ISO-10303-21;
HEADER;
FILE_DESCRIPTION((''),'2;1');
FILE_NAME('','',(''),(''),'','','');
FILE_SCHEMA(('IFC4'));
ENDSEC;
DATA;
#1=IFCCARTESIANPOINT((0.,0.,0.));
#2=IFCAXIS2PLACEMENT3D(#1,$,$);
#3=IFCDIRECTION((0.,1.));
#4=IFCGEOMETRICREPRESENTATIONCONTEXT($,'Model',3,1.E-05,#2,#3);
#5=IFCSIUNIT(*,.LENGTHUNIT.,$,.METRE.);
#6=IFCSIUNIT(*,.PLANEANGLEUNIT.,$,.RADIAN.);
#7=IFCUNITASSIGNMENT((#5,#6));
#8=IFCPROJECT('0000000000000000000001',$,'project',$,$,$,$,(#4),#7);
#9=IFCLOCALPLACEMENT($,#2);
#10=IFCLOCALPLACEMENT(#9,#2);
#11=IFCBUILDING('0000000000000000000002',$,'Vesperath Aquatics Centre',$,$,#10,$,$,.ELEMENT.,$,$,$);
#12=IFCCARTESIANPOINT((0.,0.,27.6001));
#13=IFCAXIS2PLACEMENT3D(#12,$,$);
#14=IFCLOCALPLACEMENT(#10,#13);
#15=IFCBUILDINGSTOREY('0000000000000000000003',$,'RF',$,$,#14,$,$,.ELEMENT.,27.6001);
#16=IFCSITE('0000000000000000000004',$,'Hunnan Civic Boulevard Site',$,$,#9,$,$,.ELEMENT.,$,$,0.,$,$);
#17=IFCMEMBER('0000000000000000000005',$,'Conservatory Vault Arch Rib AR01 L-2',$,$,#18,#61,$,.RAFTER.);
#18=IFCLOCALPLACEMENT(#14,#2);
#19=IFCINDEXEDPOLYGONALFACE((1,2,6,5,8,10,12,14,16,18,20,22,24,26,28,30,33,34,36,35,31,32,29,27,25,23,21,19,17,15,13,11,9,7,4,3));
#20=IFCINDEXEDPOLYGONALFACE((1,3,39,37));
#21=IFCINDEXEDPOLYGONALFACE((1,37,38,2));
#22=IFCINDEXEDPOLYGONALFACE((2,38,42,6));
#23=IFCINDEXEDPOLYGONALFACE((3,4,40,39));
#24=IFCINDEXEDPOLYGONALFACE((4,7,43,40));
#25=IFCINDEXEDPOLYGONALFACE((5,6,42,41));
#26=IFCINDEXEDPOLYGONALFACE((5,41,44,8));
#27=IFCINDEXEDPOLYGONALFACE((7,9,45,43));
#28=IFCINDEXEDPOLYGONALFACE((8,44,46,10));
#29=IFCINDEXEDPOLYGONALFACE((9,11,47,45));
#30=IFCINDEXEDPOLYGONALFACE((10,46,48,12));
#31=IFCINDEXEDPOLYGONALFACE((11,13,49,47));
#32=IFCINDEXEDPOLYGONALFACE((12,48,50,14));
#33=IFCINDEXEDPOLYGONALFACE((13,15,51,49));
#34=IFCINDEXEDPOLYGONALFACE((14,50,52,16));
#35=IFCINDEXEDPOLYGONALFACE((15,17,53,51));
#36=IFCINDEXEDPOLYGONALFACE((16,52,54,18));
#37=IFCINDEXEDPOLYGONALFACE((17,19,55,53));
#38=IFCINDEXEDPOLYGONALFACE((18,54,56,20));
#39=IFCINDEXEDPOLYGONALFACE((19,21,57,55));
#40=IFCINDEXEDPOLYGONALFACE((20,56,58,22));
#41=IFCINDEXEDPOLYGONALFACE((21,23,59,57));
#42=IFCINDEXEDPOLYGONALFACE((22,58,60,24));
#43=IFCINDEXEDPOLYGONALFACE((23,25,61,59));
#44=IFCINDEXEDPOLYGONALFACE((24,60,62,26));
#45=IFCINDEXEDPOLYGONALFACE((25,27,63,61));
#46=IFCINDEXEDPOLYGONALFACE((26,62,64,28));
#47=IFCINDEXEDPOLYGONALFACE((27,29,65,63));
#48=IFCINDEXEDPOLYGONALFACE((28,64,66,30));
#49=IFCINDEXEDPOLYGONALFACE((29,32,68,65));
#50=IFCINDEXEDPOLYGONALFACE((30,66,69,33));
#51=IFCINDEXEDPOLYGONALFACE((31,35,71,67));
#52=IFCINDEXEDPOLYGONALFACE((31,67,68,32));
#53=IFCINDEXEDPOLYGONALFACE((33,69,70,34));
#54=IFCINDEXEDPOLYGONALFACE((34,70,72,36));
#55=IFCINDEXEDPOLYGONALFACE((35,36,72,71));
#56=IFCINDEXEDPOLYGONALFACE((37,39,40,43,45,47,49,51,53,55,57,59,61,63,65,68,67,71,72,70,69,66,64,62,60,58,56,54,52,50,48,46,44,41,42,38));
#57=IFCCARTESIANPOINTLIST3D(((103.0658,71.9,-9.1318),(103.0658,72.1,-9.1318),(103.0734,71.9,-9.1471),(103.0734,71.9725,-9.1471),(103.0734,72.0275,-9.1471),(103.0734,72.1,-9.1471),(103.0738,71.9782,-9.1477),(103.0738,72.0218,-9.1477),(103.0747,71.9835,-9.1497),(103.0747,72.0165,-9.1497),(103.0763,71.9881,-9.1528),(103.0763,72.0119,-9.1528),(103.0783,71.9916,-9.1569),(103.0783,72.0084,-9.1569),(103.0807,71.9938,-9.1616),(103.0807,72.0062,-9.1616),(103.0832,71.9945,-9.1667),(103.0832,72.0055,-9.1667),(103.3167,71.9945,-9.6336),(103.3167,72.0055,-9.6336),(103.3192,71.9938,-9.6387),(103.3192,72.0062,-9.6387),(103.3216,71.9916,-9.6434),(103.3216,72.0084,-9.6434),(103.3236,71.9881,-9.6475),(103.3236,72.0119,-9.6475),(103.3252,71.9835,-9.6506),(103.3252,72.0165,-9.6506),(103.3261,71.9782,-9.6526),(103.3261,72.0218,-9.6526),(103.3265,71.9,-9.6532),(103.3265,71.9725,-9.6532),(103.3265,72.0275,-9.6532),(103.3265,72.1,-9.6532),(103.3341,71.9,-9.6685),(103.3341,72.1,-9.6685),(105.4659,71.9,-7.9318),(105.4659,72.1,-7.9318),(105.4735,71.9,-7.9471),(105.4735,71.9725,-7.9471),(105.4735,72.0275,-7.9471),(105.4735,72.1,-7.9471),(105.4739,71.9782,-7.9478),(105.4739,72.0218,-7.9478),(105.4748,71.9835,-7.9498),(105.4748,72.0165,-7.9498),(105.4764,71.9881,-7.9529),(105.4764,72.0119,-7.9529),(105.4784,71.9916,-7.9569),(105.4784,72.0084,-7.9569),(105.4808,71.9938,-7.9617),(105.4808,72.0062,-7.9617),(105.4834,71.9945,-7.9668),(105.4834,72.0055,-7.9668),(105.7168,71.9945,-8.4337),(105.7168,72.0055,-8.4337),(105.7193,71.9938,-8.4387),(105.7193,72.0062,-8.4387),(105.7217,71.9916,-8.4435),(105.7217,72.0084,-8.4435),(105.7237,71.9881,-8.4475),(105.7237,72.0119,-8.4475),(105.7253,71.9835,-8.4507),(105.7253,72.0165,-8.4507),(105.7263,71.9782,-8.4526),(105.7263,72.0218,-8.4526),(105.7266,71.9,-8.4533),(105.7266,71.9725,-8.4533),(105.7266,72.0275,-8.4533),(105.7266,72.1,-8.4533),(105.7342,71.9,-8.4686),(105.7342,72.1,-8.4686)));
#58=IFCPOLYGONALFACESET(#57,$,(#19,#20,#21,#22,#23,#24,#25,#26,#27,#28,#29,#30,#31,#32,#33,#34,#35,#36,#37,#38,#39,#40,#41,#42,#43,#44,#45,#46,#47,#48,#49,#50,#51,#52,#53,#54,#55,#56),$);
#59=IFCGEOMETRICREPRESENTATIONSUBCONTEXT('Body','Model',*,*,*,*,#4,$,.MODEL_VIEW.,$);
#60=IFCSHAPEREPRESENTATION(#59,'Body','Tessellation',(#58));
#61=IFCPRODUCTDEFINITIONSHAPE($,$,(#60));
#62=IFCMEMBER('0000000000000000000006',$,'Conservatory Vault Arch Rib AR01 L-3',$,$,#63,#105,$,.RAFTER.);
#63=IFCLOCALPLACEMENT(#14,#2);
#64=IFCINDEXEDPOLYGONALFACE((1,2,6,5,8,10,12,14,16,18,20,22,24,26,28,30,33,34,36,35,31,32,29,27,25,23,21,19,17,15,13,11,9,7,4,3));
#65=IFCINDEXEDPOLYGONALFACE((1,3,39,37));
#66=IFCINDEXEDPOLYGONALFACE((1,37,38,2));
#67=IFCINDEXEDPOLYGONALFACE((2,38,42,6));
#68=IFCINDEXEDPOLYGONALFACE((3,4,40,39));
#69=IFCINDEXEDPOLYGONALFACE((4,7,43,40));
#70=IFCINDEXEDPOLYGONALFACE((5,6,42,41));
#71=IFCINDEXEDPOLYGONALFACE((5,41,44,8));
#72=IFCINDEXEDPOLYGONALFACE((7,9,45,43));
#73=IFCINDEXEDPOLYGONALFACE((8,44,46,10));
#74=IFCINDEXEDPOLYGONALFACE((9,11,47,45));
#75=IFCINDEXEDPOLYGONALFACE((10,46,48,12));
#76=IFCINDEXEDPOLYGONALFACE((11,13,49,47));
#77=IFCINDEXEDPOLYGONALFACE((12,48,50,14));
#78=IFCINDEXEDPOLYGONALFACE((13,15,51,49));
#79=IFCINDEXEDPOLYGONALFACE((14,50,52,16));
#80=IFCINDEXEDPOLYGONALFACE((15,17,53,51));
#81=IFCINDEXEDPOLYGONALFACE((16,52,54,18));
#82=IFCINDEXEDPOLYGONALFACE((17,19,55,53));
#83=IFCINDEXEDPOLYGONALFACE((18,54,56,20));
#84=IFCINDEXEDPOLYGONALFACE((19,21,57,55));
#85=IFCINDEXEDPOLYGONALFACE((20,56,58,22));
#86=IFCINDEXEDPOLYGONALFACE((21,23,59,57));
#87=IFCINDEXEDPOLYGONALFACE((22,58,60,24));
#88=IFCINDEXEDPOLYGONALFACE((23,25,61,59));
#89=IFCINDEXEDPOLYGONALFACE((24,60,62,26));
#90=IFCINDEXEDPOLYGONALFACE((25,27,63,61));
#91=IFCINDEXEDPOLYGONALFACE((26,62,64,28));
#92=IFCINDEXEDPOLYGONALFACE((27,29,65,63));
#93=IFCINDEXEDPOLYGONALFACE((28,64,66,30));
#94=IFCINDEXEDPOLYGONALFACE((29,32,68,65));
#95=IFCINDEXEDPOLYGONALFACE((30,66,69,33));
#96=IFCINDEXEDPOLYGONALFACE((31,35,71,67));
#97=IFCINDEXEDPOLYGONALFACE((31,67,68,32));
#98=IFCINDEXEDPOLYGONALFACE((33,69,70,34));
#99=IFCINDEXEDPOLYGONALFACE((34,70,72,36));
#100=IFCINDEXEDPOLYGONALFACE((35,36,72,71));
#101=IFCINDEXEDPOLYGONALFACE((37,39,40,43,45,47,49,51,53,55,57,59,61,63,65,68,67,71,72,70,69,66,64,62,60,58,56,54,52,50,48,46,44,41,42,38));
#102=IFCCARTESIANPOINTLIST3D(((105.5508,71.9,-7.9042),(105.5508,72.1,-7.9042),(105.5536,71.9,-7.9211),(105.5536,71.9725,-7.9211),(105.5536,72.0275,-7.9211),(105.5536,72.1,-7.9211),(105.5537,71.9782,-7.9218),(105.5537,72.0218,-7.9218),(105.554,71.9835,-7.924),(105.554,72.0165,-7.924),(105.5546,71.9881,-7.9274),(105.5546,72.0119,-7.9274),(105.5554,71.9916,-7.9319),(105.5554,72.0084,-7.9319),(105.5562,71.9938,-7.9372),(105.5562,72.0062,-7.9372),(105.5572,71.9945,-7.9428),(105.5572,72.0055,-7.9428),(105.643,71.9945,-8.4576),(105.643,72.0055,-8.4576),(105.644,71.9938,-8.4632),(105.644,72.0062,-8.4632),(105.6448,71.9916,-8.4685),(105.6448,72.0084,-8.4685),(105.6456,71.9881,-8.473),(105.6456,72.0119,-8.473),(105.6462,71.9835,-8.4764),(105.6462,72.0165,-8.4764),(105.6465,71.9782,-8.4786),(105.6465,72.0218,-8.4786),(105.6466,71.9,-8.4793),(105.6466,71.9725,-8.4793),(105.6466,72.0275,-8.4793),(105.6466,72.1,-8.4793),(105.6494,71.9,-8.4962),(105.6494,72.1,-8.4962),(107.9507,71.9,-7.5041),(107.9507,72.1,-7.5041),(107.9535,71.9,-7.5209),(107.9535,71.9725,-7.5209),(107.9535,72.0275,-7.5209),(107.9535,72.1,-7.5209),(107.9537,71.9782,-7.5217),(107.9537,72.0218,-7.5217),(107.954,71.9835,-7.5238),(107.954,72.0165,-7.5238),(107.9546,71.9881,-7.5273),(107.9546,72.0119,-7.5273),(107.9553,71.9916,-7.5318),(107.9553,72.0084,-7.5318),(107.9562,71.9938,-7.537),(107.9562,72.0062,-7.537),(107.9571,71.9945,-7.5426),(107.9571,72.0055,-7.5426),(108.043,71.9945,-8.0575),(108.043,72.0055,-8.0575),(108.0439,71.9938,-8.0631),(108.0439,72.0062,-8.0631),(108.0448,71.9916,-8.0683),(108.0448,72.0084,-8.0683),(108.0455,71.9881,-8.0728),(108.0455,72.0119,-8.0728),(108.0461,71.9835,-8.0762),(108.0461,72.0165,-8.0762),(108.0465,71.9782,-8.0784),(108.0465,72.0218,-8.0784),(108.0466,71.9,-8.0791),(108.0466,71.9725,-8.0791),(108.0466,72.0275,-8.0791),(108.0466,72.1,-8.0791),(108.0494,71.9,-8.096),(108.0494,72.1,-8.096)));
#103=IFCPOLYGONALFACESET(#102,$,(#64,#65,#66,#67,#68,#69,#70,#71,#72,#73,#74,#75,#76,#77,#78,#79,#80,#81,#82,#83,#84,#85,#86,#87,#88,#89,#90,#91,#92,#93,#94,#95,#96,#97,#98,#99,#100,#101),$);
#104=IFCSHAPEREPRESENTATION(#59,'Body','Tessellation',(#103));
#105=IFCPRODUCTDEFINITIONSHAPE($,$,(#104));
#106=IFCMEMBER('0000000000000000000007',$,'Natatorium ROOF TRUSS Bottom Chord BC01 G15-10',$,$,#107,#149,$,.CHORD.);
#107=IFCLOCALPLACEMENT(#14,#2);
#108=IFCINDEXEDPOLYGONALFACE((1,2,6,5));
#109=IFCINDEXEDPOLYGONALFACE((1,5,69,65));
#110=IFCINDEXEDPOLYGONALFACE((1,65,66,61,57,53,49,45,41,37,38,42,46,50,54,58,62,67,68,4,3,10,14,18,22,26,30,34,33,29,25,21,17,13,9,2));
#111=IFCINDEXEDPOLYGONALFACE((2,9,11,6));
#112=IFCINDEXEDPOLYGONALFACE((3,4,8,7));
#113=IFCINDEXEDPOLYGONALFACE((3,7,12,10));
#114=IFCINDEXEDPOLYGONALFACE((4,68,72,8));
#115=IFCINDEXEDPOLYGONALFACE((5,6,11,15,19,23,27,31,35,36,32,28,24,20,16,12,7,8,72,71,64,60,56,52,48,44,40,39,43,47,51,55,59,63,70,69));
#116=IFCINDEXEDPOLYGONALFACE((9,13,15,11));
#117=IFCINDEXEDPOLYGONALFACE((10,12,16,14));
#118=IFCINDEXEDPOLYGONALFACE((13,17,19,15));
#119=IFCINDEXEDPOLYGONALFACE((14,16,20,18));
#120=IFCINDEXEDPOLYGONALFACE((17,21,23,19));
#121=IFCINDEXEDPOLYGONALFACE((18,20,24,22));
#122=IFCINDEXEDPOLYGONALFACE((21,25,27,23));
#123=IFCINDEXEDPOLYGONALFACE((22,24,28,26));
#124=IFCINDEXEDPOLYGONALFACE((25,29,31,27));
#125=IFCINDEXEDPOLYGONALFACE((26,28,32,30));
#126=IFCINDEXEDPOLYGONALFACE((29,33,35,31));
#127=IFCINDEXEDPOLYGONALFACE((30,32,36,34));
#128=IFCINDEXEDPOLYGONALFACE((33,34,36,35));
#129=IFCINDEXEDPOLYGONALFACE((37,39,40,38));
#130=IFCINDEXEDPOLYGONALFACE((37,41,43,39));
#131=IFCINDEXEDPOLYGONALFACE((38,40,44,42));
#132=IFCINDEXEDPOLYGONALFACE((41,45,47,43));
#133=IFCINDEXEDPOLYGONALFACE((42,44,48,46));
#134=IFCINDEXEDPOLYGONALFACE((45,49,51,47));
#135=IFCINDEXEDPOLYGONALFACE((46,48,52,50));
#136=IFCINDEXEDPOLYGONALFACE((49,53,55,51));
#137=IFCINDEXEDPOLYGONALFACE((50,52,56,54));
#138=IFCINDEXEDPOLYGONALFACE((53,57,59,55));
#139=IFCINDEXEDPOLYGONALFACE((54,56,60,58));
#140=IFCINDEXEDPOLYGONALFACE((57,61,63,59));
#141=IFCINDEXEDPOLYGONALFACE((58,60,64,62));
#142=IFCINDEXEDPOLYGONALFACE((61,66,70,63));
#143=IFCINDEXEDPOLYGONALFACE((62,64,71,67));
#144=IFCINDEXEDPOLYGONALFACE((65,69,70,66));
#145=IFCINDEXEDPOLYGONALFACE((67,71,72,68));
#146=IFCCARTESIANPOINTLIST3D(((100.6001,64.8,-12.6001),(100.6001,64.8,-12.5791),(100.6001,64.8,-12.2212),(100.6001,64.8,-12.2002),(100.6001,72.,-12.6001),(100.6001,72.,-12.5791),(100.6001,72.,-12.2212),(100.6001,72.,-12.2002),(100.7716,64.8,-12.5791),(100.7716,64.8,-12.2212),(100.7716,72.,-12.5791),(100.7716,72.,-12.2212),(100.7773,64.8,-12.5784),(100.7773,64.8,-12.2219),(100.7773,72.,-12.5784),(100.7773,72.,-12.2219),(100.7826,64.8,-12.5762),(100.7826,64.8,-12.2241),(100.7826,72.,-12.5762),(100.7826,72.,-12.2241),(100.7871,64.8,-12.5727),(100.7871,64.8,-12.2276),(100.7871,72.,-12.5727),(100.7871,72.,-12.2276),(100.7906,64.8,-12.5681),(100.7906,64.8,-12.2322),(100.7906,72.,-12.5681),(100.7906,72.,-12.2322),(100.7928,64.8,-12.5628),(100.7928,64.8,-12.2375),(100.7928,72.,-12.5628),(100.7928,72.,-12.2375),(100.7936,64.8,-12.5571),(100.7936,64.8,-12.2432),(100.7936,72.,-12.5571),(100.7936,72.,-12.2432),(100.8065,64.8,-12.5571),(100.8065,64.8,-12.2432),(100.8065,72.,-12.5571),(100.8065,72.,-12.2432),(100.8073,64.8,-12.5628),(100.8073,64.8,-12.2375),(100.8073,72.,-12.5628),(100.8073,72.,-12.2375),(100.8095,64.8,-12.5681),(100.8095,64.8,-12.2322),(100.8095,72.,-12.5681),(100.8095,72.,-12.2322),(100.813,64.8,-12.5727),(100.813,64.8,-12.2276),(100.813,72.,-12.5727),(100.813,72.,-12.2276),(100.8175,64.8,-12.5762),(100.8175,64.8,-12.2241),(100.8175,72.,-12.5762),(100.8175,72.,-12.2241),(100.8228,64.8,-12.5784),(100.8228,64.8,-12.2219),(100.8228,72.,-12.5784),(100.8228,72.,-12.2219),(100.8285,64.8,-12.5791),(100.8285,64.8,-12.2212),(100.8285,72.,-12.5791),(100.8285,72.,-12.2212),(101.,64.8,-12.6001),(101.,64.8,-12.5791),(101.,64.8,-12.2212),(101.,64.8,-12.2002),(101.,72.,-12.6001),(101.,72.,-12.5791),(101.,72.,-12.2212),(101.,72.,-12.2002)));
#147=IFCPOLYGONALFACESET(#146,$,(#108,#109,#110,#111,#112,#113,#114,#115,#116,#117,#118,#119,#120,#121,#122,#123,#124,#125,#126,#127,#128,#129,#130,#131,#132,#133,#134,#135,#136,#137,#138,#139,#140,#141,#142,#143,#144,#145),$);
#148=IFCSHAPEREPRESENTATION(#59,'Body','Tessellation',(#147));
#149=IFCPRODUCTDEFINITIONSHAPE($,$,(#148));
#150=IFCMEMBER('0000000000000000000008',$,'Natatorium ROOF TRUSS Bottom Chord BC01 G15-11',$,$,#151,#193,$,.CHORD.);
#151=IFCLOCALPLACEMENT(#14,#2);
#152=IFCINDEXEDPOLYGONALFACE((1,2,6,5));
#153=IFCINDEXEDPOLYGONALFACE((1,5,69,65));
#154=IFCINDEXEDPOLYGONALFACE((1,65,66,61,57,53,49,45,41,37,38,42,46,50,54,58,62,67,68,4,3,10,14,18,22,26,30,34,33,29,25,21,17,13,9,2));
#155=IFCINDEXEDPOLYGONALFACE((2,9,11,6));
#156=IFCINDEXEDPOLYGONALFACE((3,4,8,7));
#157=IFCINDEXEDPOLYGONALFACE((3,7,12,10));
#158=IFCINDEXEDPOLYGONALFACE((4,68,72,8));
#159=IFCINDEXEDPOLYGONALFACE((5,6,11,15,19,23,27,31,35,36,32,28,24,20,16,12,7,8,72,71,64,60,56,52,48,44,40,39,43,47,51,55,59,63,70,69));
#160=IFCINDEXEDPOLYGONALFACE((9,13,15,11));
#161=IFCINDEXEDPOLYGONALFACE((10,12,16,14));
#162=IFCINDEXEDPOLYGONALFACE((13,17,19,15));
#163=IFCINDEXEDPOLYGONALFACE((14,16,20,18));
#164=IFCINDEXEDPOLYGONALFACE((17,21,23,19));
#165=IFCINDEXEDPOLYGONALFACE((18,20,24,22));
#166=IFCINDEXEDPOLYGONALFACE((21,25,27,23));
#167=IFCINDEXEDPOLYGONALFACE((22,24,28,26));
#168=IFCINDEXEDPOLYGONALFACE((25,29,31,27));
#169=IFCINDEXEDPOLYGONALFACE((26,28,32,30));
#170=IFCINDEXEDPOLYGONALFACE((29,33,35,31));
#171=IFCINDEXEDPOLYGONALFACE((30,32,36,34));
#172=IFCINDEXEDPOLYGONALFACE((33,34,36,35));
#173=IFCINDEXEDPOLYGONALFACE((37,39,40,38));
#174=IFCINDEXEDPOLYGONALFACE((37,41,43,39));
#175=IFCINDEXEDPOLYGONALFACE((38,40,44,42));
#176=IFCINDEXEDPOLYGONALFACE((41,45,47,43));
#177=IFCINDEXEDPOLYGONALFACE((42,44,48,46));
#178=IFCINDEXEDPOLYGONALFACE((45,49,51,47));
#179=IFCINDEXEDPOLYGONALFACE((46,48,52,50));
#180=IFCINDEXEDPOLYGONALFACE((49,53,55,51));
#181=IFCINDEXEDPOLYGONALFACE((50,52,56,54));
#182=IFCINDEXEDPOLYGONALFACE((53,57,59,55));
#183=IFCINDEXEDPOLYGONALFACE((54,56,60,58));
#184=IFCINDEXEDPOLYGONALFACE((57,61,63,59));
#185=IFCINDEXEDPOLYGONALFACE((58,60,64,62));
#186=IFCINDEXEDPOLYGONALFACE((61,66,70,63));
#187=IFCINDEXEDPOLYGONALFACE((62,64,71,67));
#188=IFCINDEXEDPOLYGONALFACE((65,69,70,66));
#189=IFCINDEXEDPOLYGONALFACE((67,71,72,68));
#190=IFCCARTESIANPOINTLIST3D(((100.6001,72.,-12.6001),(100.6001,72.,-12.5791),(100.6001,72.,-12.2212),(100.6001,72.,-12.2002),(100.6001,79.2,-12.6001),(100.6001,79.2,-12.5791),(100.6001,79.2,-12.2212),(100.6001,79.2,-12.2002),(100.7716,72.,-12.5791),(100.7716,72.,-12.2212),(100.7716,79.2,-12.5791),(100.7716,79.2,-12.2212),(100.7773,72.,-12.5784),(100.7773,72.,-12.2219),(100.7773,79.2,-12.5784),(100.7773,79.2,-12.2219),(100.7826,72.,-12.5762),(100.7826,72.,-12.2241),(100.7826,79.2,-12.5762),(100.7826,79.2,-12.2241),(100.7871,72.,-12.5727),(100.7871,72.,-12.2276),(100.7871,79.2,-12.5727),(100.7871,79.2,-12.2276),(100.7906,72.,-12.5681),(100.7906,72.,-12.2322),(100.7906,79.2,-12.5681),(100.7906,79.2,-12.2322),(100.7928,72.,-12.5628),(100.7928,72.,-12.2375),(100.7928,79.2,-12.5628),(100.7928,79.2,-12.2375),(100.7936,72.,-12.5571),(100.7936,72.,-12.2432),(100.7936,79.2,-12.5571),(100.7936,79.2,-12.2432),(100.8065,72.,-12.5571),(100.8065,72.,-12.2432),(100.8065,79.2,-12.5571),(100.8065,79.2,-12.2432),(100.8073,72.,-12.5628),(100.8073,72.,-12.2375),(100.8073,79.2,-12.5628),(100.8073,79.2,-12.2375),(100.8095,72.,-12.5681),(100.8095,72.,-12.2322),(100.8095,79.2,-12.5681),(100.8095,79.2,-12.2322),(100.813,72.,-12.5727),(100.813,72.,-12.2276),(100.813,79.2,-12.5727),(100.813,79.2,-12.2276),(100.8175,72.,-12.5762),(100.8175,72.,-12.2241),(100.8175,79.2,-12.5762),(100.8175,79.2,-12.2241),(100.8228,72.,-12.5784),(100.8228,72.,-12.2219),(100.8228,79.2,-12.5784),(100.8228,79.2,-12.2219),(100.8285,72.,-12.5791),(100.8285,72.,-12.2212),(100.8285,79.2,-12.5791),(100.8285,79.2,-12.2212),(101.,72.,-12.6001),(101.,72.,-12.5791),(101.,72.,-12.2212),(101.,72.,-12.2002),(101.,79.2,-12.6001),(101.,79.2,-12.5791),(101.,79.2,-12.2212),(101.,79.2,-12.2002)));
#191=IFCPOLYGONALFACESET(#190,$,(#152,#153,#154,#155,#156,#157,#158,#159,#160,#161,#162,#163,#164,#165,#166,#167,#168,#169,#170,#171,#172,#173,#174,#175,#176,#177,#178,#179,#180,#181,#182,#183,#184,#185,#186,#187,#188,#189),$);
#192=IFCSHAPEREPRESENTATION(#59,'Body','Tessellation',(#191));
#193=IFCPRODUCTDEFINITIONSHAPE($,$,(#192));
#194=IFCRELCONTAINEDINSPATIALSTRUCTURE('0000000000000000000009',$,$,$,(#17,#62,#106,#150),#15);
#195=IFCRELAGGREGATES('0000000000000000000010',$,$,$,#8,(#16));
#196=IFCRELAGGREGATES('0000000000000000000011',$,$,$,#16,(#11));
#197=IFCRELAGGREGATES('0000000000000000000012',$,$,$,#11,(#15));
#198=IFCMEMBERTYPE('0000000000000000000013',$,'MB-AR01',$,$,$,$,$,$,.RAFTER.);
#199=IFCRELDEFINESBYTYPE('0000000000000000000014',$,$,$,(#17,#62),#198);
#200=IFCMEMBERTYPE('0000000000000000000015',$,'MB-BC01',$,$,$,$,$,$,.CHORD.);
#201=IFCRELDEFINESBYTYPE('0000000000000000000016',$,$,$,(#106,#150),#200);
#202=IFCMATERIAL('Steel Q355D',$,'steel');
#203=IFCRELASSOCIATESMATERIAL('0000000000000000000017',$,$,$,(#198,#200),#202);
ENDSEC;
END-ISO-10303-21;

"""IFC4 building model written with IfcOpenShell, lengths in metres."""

from ifc_helpers import new_model, si_unit, direction, frame, origin, origin_2d, place, context, subcontext, project, spatial, i_section, extrude, material, material_profile, profile_set, type_object, element, save


model = new_model("IFC4")

# Units and contexts
model_context = context("Model", 3, precision=1e-05, world=origin(), true_north=direction((0.0, 1.0)))
body_context = subcontext(model_context, "Body", "Model", "MODEL_VIEW")
ifc_project = project(units=[si_unit("LENGTHUNIT", "METRE"), si_unit("PLANEANGLEUNIT", "RADIAN")], contexts=[model_context])

# Site, building, storey
site_placement = place(None, origin())
site = spatial("IfcSite", under=ifc_project, at=site_placement, Name="Hunnan Civic Boulevard Site", CompositionType="ELEMENT", RefElevation=0.0)
building_placement = place(site_placement, origin())
building = spatial("IfcBuilding", under=site, at=building_placement, Name="Vesperath Aquatics Centre", CompositionType="ELEMENT")
storey_placement = place(building_placement, frame((0.0, 0.0, 27.6001)))
storey = spatial("IfcBuildingStorey", under=building, at=storey_placement, Name="RF", CompositionType="ELEMENT", Elevation=27.6001)

# Shared definitions
ifc_material_1 = material(Name="Steel Q355D", Category="steel")

# Members
ifc_material_profile_1 = material_profile(ifc_material_1, i_section(OverallWidth=0.2, OverallDepth=0.6001, WebThickness=0.011, FlangeThickness=0.0171, FilletRadius=0.022, at=origin_2d()), Name="HN 600x200x11x17")
ifc_profile_set_1 = profile_set([ifc_material_profile_1], Name="Steel Q355D")
member_type_1 = type_object("IfcMemberType", Name="MB-AR01", PredefinedType="RAFTER", material=ifc_profile_set_1)
member_1_placement = place(storey_placement, frame((103.2, 72.0, -9.4001), z_axis=(0.894445, 0.0, 0.447177), x_axis=(0.0, 1.0, 0.0)))
element("IfcMember", 1, at=member_1_placement, inside=storey, type_object=member_type_1, Name="Conservatory Vault Arch Rib AR01 L-2", PredefinedType="RAFTER", context=body_context, shape_type="SweptSolid", body=[
    extrude(i_section(OverallWidth=0.2, OverallDepth=0.6001, WebThickness=0.011, FlangeThickness=0.0171, FilletRadius=0.022, at=origin_2d()), origin(), (0.0, 0.0, 1.0), 2.6833),
])
member_2_placement = place(storey_placement, frame((105.6001, 72.0, -8.2002), z_axis=(0.986383, 0.0, 0.164464), x_axis=(0.0, 1.0, 0.0)))
element("IfcMember", 2, at=member_2_placement, inside=storey, type_object=member_type_1, Name="Conservatory Vault Arch Rib AR01 L-3", PredefinedType="RAFTER", context=body_context, shape_type="SweptSolid", body=[
    extrude(i_section(OverallWidth=0.2, OverallDepth=0.6001, WebThickness=0.011, FlangeThickness=0.0171, FilletRadius=0.022, at=origin_2d()), origin(), (0.0, 0.0, 1.0), 2.4331),
])
ifc_material_profile_2 = material_profile(ifc_material_1, i_section(OverallWidth=0.3999, OverallDepth=0.3999, WebThickness=0.0129, FlangeThickness=0.021, FilletRadius=0.022, at=origin_2d()), Name="HW 400x400x13x21")
ifc_profile_set_2 = profile_set([ifc_material_profile_2], Name="Steel Q355D")
member_type_2 = type_object("IfcMemberType", Name="MB-BC01", PredefinedType="CHORD", material=ifc_profile_set_2)
for number, where, z_axis, x_axis, name in (
    (3, (100.8, 64.8, -12.4001), (0.0, 1.0, 0.0), (-1.0, 0.0, 0.0), "Natatorium ROOF TRUSS Bottom Chord BC01 G15-10"),
    (4, (100.8, 72.0, -12.4001), (0.0, 1.0, 0.0), (-1.0, 0.0, 0.0), "Natatorium ROOF TRUSS Bottom Chord BC01 G15-11"),
):
    element("IfcMember", number, at=place(storey_placement, frame(where, z_axis=z_axis, x_axis=x_axis)), inside=storey, type_object=member_type_2, Name=name, PredefinedType="CHORD", context=body_context, shape_type="SweptSolid", body=[
        extrude(i_section(OverallWidth=0.3999, OverallDepth=0.3999, WebThickness=0.0129, FlangeThickness=0.021, FilletRadius=0.022, at=origin_2d()), origin(), (0.0, 0.0, 1.0), 7.2),
    ])

save(model, "model.ifc")
